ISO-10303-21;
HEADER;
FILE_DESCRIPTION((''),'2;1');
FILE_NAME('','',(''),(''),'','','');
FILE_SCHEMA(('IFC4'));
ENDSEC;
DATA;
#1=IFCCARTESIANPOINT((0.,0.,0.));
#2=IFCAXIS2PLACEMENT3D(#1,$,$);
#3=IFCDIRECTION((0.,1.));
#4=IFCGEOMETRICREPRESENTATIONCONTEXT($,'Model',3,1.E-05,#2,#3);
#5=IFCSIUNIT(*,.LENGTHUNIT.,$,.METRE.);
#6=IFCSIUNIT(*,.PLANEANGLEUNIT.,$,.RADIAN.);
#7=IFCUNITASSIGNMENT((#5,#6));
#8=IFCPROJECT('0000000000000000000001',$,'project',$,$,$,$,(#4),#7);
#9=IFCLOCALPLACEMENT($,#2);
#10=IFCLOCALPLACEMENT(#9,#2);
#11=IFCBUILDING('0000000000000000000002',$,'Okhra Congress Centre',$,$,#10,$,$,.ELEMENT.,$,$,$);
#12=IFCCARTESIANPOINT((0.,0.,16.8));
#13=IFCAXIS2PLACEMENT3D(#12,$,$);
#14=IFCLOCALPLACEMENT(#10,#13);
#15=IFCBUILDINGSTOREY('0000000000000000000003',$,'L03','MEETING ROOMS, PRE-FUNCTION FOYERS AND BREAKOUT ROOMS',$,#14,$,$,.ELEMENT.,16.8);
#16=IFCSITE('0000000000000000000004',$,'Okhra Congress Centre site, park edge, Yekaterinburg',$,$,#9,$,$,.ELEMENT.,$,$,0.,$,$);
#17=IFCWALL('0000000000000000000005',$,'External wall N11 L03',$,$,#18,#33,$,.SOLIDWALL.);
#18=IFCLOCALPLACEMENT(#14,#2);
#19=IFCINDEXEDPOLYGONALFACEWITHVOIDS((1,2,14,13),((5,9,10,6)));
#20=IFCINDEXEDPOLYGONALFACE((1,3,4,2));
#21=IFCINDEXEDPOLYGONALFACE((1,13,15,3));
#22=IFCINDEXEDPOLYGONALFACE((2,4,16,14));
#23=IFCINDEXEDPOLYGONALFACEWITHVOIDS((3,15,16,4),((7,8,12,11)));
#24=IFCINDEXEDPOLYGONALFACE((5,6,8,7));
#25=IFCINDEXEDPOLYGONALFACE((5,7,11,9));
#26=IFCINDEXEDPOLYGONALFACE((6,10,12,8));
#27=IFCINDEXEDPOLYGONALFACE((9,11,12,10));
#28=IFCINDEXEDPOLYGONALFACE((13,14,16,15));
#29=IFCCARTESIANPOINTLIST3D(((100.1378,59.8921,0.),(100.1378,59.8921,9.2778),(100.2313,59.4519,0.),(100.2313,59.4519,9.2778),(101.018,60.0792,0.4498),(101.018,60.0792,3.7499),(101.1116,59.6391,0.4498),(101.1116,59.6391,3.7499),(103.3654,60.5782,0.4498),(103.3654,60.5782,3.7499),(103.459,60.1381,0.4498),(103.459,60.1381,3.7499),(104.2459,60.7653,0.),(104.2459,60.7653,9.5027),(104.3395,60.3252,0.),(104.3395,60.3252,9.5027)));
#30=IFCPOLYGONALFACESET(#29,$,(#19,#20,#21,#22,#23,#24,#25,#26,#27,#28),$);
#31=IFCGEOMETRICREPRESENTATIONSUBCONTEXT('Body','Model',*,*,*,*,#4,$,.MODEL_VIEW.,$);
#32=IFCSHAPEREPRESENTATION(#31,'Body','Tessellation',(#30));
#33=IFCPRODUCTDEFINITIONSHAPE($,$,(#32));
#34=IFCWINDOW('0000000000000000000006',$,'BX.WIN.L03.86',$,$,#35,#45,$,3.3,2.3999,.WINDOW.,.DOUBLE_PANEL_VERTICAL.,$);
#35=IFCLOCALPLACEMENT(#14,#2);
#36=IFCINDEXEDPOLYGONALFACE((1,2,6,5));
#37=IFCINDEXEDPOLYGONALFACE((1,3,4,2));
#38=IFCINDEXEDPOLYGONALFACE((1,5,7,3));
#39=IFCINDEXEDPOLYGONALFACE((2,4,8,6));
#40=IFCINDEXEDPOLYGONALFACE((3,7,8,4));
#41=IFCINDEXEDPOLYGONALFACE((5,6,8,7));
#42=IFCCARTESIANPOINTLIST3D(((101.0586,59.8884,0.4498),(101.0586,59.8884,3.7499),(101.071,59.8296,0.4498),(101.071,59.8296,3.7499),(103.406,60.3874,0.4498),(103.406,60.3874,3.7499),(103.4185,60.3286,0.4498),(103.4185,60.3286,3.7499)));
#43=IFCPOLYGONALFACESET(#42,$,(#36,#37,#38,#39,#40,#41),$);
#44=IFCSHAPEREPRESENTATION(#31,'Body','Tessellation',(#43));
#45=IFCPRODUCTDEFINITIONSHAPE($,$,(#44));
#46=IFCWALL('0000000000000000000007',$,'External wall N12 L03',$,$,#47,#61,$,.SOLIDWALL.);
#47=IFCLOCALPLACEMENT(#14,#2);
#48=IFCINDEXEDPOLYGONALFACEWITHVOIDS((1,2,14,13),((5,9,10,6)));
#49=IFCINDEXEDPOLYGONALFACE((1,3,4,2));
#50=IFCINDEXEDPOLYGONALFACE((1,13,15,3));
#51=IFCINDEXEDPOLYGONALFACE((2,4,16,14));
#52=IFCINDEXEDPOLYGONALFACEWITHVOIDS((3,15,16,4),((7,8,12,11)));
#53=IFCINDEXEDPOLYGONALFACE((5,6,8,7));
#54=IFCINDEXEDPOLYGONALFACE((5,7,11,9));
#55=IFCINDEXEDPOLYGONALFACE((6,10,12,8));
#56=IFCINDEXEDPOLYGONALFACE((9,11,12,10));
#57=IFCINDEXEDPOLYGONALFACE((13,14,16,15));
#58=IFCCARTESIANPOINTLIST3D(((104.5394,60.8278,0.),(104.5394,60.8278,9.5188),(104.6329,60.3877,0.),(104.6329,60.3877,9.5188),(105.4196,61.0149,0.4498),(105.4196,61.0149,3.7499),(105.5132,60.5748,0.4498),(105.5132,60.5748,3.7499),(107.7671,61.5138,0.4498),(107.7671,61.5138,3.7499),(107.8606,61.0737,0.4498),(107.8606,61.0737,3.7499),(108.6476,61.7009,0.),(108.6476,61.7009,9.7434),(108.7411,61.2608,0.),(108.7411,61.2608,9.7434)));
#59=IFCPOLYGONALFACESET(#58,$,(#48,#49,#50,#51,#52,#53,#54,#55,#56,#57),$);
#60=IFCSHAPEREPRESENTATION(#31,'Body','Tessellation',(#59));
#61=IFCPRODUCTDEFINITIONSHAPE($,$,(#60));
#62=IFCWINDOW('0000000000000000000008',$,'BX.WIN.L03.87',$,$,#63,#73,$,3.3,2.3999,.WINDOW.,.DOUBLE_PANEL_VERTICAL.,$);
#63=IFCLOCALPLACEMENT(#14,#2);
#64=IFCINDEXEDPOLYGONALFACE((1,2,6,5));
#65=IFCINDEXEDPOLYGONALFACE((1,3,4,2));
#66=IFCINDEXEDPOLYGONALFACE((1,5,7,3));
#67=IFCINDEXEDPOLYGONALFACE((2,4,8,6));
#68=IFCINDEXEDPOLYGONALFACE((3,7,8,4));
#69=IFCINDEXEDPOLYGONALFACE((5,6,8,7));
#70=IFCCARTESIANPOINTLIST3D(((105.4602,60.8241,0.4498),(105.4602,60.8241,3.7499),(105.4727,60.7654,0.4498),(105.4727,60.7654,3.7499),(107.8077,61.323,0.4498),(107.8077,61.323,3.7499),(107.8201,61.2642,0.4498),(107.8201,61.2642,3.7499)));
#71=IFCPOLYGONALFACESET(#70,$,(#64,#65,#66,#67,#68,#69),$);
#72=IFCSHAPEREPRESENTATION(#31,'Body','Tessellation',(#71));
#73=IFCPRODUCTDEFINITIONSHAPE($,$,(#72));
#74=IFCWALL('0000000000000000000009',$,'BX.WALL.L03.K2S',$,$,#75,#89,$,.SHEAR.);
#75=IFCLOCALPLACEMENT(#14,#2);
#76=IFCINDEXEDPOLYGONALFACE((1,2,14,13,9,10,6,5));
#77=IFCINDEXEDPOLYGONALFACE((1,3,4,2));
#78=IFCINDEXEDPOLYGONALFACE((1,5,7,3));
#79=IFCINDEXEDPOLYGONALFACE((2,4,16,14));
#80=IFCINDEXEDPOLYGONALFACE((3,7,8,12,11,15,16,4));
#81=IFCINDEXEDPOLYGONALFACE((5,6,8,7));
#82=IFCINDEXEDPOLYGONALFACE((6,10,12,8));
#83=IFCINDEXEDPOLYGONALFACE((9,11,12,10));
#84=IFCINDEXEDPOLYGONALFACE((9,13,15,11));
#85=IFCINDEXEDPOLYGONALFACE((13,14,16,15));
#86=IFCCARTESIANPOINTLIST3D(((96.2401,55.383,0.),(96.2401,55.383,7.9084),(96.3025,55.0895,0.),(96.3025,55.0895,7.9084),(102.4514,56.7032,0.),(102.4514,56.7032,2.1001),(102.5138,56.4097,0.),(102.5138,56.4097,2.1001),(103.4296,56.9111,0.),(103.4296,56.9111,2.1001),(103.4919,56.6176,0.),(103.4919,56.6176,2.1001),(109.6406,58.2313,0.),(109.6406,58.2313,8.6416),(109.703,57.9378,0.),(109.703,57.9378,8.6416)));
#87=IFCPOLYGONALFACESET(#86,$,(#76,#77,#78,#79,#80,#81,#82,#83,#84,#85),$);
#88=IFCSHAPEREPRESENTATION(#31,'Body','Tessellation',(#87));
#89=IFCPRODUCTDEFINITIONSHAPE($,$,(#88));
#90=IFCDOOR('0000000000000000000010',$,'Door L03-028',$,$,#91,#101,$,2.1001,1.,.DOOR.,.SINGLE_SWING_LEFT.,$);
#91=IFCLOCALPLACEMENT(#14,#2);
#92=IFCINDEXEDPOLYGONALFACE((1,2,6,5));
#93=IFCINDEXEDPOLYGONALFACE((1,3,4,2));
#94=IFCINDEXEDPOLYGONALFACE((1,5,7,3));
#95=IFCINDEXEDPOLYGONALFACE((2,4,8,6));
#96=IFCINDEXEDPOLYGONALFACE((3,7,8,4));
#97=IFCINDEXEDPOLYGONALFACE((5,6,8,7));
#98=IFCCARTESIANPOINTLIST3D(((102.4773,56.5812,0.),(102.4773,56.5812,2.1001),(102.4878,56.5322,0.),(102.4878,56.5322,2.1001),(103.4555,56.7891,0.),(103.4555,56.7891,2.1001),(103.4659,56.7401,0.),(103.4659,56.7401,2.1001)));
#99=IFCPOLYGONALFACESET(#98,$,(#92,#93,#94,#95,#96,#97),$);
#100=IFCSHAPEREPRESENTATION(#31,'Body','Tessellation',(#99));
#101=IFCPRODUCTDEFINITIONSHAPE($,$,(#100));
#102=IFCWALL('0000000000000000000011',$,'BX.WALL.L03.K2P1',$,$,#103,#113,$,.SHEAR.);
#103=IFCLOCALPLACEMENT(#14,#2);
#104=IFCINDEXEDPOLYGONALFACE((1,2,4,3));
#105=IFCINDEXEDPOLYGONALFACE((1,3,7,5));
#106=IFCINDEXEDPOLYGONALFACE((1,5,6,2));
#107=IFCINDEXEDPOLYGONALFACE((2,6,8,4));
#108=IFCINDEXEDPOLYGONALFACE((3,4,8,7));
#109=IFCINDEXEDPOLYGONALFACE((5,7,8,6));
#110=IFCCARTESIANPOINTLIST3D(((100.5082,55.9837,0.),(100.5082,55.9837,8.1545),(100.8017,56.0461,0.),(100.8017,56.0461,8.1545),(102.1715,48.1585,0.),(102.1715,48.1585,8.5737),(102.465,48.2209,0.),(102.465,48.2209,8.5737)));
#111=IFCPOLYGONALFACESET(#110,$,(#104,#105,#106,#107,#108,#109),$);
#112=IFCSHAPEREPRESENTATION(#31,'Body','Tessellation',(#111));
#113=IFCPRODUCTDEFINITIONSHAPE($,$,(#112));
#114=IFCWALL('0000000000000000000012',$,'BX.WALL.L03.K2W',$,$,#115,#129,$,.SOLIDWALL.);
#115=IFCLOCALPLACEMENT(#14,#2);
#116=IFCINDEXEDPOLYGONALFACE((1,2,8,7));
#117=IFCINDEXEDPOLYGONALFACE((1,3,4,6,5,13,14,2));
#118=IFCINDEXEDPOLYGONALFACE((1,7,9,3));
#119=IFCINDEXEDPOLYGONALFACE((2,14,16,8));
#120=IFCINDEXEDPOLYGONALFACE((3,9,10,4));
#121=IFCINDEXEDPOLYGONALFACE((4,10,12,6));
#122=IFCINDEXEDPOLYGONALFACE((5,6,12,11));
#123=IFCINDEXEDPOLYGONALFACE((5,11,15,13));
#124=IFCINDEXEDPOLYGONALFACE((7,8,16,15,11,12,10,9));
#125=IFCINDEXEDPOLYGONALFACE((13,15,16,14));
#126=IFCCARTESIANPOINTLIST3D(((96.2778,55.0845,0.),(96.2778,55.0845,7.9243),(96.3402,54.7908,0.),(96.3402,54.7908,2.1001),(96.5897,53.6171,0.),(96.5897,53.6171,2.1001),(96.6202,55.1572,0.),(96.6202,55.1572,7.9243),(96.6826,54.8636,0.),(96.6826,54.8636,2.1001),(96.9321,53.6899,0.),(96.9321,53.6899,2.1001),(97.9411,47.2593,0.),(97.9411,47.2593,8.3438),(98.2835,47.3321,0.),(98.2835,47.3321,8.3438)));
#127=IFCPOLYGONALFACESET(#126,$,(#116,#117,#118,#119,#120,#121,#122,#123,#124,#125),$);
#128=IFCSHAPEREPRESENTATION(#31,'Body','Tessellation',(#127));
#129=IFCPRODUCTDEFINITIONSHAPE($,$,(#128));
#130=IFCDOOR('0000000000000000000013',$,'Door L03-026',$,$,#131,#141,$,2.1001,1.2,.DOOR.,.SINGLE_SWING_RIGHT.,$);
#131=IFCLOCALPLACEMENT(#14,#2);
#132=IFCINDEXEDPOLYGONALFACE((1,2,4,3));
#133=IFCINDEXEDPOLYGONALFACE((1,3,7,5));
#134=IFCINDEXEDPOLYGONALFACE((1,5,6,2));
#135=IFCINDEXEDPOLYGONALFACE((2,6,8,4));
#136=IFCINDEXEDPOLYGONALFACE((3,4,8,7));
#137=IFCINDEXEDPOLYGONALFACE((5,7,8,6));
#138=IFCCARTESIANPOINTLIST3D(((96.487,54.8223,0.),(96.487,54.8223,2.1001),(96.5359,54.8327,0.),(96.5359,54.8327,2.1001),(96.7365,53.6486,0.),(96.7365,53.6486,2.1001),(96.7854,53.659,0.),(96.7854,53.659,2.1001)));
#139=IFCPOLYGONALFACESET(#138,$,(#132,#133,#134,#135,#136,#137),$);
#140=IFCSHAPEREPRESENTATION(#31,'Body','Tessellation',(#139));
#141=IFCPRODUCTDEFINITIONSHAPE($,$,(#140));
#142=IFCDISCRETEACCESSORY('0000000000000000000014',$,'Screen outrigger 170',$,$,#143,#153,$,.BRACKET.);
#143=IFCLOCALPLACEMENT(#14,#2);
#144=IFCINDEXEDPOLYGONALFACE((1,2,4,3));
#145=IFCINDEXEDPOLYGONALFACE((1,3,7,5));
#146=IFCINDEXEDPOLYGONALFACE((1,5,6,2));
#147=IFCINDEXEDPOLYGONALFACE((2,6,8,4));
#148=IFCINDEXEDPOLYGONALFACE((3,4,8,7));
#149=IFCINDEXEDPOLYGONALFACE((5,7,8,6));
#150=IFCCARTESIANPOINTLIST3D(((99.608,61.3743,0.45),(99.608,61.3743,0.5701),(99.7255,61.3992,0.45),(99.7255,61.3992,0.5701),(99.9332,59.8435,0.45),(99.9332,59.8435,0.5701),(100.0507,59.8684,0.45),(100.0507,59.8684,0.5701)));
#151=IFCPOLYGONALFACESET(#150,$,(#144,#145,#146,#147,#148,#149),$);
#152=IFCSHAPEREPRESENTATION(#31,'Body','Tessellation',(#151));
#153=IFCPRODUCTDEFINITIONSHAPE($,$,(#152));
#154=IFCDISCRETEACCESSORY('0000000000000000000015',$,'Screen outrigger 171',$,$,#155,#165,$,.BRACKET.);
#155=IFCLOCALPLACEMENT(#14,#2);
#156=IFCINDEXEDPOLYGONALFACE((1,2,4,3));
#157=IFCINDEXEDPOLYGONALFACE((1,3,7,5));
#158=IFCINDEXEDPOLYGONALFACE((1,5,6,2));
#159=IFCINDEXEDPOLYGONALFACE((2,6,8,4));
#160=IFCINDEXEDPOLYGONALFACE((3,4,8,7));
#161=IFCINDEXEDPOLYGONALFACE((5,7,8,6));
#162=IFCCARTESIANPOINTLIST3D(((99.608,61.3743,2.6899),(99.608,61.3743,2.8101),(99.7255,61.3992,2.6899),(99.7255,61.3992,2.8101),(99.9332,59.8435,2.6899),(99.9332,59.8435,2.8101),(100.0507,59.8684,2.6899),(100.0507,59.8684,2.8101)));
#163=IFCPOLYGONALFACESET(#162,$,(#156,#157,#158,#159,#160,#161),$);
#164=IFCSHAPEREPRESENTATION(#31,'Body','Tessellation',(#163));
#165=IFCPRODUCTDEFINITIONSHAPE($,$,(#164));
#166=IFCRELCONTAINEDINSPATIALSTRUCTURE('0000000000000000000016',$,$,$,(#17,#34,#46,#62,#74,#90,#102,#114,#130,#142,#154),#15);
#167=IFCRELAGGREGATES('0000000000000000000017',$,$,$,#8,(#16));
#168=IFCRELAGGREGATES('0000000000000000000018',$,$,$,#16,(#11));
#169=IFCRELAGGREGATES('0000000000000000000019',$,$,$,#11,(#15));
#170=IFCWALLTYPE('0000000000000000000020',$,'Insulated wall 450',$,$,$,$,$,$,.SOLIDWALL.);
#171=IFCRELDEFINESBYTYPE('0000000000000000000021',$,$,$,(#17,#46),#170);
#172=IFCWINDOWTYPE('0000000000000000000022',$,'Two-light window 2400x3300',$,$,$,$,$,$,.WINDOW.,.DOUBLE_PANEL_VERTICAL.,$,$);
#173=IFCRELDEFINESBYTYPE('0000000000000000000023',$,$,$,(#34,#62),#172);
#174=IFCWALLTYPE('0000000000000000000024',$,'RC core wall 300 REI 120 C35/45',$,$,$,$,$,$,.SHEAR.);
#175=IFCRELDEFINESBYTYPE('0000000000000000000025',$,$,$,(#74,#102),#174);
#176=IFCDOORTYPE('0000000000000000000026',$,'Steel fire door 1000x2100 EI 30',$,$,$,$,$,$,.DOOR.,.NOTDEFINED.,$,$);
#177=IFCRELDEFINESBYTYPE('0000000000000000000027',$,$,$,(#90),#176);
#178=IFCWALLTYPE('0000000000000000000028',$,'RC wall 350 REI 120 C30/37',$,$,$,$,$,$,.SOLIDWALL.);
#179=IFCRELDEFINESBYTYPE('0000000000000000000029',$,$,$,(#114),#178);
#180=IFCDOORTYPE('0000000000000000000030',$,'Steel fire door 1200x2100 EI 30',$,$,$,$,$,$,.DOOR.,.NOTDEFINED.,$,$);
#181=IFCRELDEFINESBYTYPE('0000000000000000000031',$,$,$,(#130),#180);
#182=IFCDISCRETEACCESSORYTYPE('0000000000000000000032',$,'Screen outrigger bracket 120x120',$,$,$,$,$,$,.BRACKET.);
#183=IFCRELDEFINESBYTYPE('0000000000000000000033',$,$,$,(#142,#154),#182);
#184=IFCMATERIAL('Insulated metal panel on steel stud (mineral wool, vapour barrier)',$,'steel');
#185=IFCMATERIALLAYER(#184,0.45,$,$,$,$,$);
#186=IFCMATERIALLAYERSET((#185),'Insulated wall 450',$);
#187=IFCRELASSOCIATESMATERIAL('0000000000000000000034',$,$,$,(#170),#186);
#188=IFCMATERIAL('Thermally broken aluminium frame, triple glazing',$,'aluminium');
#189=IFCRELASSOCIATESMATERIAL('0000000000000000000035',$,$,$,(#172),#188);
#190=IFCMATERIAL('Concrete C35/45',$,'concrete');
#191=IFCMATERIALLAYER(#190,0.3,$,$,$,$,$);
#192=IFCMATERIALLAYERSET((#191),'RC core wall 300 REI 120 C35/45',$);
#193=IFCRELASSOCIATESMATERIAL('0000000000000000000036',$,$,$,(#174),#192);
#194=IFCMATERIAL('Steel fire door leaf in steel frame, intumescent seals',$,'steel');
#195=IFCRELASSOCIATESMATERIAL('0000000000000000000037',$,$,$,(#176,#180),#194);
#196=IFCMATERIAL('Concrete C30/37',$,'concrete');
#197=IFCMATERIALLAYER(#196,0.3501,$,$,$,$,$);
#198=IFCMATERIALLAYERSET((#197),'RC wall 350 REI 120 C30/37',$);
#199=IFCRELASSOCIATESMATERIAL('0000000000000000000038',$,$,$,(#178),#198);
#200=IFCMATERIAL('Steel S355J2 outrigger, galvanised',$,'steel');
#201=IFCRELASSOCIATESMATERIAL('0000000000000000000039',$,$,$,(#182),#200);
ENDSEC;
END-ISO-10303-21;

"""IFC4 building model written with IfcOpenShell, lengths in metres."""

from ifc_helpers import new_model, si_unit, direction, frame, frame_2d, origin, origin_2d, place, context, subcontext, project, spatial, polyline, rectangle, outline, extrude, material, layer, layer_set, material_profile, profile_set, type_object, element, fill, save


model = new_model("IFC4")

# Units and contexts
model_context = context("Model", 3, precision=1e-05, world=origin(), true_north=direction((0.0, 1.0)))
body_context = subcontext(model_context, "Body", "Model", "MODEL_VIEW")
ifc_project = project(units=[si_unit("LENGTHUNIT", "METRE"), si_unit("PLANEANGLEUNIT", "RADIAN")], contexts=[model_context])

# Site, building, storey
site_placement = place(None, origin())
site = spatial("IfcSite", under=ifc_project, at=site_placement, Name="Okhra Congress Centre site, park edge, Yekaterinburg", CompositionType="ELEMENT", RefElevation=0.0)
building_placement = place(site_placement, origin())
building = spatial("IfcBuilding", under=site, at=building_placement, Name="Okhra Congress Centre", CompositionType="ELEMENT")
storey_placement = place(building_placement, frame((0.0, 0.0, 16.8)))
storey = spatial("IfcBuildingStorey", under=building, at=storey_placement, Name="L03", Description="MEETING ROOMS, PRE-FUNCTION FOYERS AND BREAKOUT ROOMS", CompositionType="ELEMENT", Elevation=16.8)

# Walls, openings, windows
ifc_material_1 = material(Name="Insulated metal panel on steel stud (mineral wool, vapour barrier)", Category="steel")
ifc_layer_1 = layer(ifc_material_1, 0.45)
ifc_layer_set_1 = layer_set([ifc_layer_1], Name="Insulated wall 450")
wall_type_1 = type_object("IfcWallType", Name="Insulated wall 450", PredefinedType="SOLIDWALL", material=ifc_layer_set_1)
wall_1_placement = place(storey_placement, frame((100.1846, 59.6719, 0.0), z_axis=(0.0, 0.0, 1.0), x_axis=(0.978144, 0.207929, 0.0)))
wall_1 = element("IfcWall", 1, at=wall_1_placement, inside=storey, type_object=wall_type_1, Name="External wall N11 L03", PredefinedType="SOLIDWALL", context=body_context, shape_type="SweptSolid", body=[
    extrude(outline(polyline([(0.0, 0.0), (4.2, 0.0), (4.2, 9.5027), (0.0, 9.2778), (0.0, 0.0)])), frame((0.0, 0.2251, 0.0), z_axis=(0.0, -1.0, 0.0), x_axis=(1.0, 0.0, 0.0)), (0.0, 0.0, 1.0), 0.45),
])
opening_1_placement = place(wall_1_placement, frame((0.8999, 0.0, 0.45)))
opening_1 = element("IfcOpeningElement", 2, at=opening_1_placement, cuts=wall_1, PredefinedType="OPENING", context=body_context, shape_type="SweptSolid", body=[
    extrude(rectangle(XDim=2.3999, YDim=3.3, at=frame_2d((1.2, 1.6499))), frame((0.0, 0.2349, 0.0), z_axis=(0.0, -1.0, 0.0), x_axis=(1.0, 0.0, 0.0)), (0.0, 0.0, 1.0), 0.47),
])
ifc_material_2 = material(Name="Thermally broken aluminium frame, triple glazing", Category="aluminium")
window_type = type_object("IfcWindowType", Name="Two-light window 2400x3300", PartitioningType="DOUBLE_PANEL_VERTICAL", PredefinedType="WINDOW", material=ifc_material_2)
window_1_placement = place(opening_1_placement, origin())
window_1 = element("IfcWindow", 3, at=window_1_placement, inside=storey, type_object=window_type, Name="BX.WIN.L03.86", OverallHeight=3.3, OverallWidth=2.3999, PartitioningType="DOUBLE_PANEL_VERTICAL", PredefinedType="WINDOW", context=body_context, shape_type="SweptSolid", body=[
    extrude(rectangle(XDim=2.3999, YDim=3.3, at=frame_2d((1.2, 1.6499))), frame((0.0, 0.03, 0.0), z_axis=(0.0, -1.0, 0.0), x_axis=(1.0, 0.0, 0.0)), (0.0, 0.0, 1.0), 0.0601),
])
fill(opening_1, window_1)
wall_2_placement = place(storey_placement, frame((104.5862, 60.6077, 0.0), z_axis=(0.0, 0.0, 1.0), x_axis=(0.978156, 0.207873, 0.0)))
wall_2 = element("IfcWall", 4, at=wall_2_placement, inside=storey, type_object=wall_type_1, Name="External wall N12 L03", PredefinedType="SOLIDWALL", context=body_context, shape_type="SweptSolid", body=[
    extrude(outline(polyline([(0.0, 0.0), (4.2, 0.0), (4.2, 9.7434), (0.0, 9.5188), (0.0, 0.0)])), frame((0.0, 0.2251, 0.0), z_axis=(0.0, -1.0, 0.0), x_axis=(1.0, 0.0, 0.0)), (0.0, 0.0, 1.0), 0.45),
])
opening_2_placement = place(wall_2_placement, frame((0.8999, 0.0, 0.45)))
opening_2 = element("IfcOpeningElement", 5, at=opening_2_placement, cuts=wall_2, PredefinedType="OPENING", context=body_context, shape_type="SweptSolid", body=[
    extrude(rectangle(XDim=2.3999, YDim=3.3, at=frame_2d((1.2, 1.6499))), frame((0.0, 0.2349, 0.0), z_axis=(0.0, -1.0, 0.0), x_axis=(1.0, 0.0, 0.0)), (0.0, 0.0, 1.0), 0.47),
])
window_2_placement = place(opening_2_placement, origin())
window_2 = element("IfcWindow", 6, at=window_2_placement, inside=storey, type_object=window_type, Name="BX.WIN.L03.87", OverallHeight=3.3, OverallWidth=2.3999, PartitioningType="DOUBLE_PANEL_VERTICAL", PredefinedType="WINDOW", context=body_context, shape_type="SweptSolid", body=[
    extrude(rectangle(XDim=2.3999, YDim=3.3, at=frame_2d((1.2, 1.6499))), frame((0.0, 0.03, 0.0), z_axis=(0.0, -1.0, 0.0), x_axis=(1.0, 0.0, 0.0)), (0.0, 0.0, 1.0), 0.0601),
])
fill(opening_2, window_2)

# Wall, opening, door
ifc_material_3 = material(Name="Concrete C35/45", Category="concrete")
ifc_layer_2 = layer(ifc_material_3, 0.3)
ifc_layer_set_2 = layer_set([ifc_layer_2], Name="RC core wall 300 REI 120 C35/45")
wall_type_2 = type_object("IfcWallType", Name="RC core wall 300 REI 120 C35/45", PredefinedType="SHEAR", material=ifc_layer_set_2)
wall_3_placement = place(storey_placement, frame((96.2712, 55.2363, 0.0), z_axis=(0.0, 0.0, 1.0), x_axis=(0.978148, 0.207911, 0.0)))
wall_3 = element("IfcWall", 7, at=wall_3_placement, inside=storey, type_object=wall_type_2, Name="BX.WALL.L03.K2S", PredefinedType="SHEAR", context=body_context, shape_type="SweptSolid", body=[
    extrude(outline(polyline([(0.0, 0.0), (13.7, 0.0), (13.7, 8.6416), (0.0, 7.9084), (0.0, 0.0)])), frame((0.0, 0.1499, 0.0), z_axis=(0.0, -1.0, 0.0), x_axis=(1.0, 0.0, 0.0)), (0.0, 0.0, 1.0), 0.3),
])
opening_3_placement = place(wall_3_placement, frame((6.3501, 0.0, 0.0)))
opening_3 = element("IfcOpeningElement", 8, at=opening_3_placement, cuts=wall_3, PredefinedType="OPENING", context=body_context, shape_type="SweptSolid", body=[
    extrude(rectangle(XDim=1.0, YDim=2.1001, at=frame_2d((0.5, 1.05))), frame((0.0, 0.1599, 0.0), z_axis=(0.0, -1.0, 0.0), x_axis=(1.0, 0.0, 0.0)), (0.0, 0.0, 1.0), 0.3201),
])
ifc_material_4 = material(Name="Steel fire door leaf in steel frame, intumescent seals", Category="steel")
door_type_1 = type_object("IfcDoorType", Name="Steel fire door 1000x2100 EI 30", OperationType="NOTDEFINED", PredefinedType="DOOR", material=ifc_material_4)
door_1_placement = place(opening_3_placement, frame((1.0, 0.0, 0.0), z_axis=(0.0, 0.0, 1.0), x_axis=(-1.0, 0.0, 0.0)))
door_1 = element("IfcDoor", 9, at=door_1_placement, inside=storey, type_object=door_type_1, Name="Door L03-028", OperationType="SINGLE_SWING_LEFT", OverallHeight=2.1001, OverallWidth=1.0, PredefinedType="DOOR", context=body_context, shape_type="SweptSolid", body=[
    extrude(rectangle(XDim=1.0, YDim=2.1001, at=frame_2d((0.5, 1.05))), frame((0.0, 0.0249, 0.0), z_axis=(0.0, -1.0, 0.0), x_axis=(1.0, 0.0, 0.0)), (0.0, 0.0, 1.0), 0.05),
])
fill(opening_3, door_1)

# Wall
wall_4_placement = place(storey_placement, frame((100.655, 56.0149, 0.0), z_axis=(0.0, 0.0, 1.0), x_axis=(0.207916, -0.978147, 0.0)))
element("IfcWall", 10, at=wall_4_placement, inside=storey, type_object=wall_type_2, Name="BX.WALL.L03.K2P1", PredefinedType="SHEAR", context=body_context, shape_type="SweptSolid", body=[
    extrude(outline(polyline([(0.0, 0.0), (8.0, 0.0), (8.0, 8.5737), (0.0, 8.1545), (0.0, 0.0)])), frame((0.0, 0.1499, 0.0), z_axis=(0.0, -1.0, 0.0), x_axis=(1.0, 0.0, 0.0)), (0.0, 0.0, 1.0), 0.3),
])

# Wall, opening, door
ifc_material_5 = material(Name="Concrete C30/37", Category="concrete")
ifc_layer_3 = layer(ifc_material_5, 0.3501)
ifc_layer_set_3 = layer_set([ifc_layer_3], Name="RC wall 350 REI 120 C30/37")
wall_type_3 = type_object("IfcWallType", Name="RC wall 350 REI 120 C30/37", PredefinedType="SOLIDWALL", material=ifc_layer_set_3)
wall_5_placement = place(storey_placement, frame((96.449, 55.1208, 0.0), z_axis=(0.0, 0.0, 1.0), x_axis=(0.207916, -0.978147, 0.0)))
wall_5 = element("IfcWall", 11, at=wall_5_placement, inside=storey, type_object=wall_type_3, Name="BX.WALL.L03.K2W", PredefinedType="SOLIDWALL", context=body_context, shape_type="SweptSolid", body=[
    extrude(outline(polyline([(0.0, 0.0), (8.0, 0.0), (8.0, 8.3438), (0.0, 7.9243), (0.0, 0.0)])), frame((0.0, 0.175, 0.0), z_axis=(0.0, -1.0, 0.0), x_axis=(1.0, 0.0, 0.0)), (0.0, 0.0, 1.0), 0.3501),
])
opening_4_placement = place(wall_5_placement, frame((0.3, 0.0, 0.0)))
opening_4 = element("IfcOpeningElement", 12, at=opening_4_placement, cuts=wall_5, PredefinedType="OPENING", context=body_context, shape_type="SweptSolid", body=[
    extrude(rectangle(XDim=1.2, YDim=2.1001, at=frame_2d((0.6001, 1.05))), frame((0.0, 0.1851, 0.0), z_axis=(0.0, -1.0, 0.0), x_axis=(1.0, 0.0, 0.0)), (0.0, 0.0, 1.0), 0.3701),
])
door_type_2 = type_object("IfcDoorType", Name="Steel fire door 1200x2100 EI 30", OperationType="NOTDEFINED", PredefinedType="DOOR", material=ifc_material_4)
door_2_placement = place(opening_4_placement, frame((1.2, 0.0, 0.0), z_axis=(0.0, 0.0, 1.0), x_axis=(-1.0, 0.0, 0.0)))
door_2 = element("IfcDoor", 13, at=door_2_placement, inside=storey, type_object=door_type_2, Name="Door L03-026", OperationType="SINGLE_SWING_RIGHT", OverallHeight=2.1001, OverallWidth=1.2, PredefinedType="DOOR", context=body_context, shape_type="SweptSolid", body=[
    extrude(rectangle(XDim=1.2, YDim=2.1001, at=frame_2d((0.6001, 1.05))), frame((0.0, 0.0249, 0.0), z_axis=(0.0, -1.0, 0.0), x_axis=(1.0, 0.0, 0.0)), (0.0, 0.0, 1.0), 0.05),
])
fill(opening_4, door_2)

# Discrete accessories
ifc_material_6 = material(Name="Steel S355J2 outrigger, galvanised", Category="steel")
ifc_material_profile_1 = material_profile(ifc_material_6, rectangle(XDim=0.1201, YDim=0.1201, at=origin_2d()), Name="Screen outrigger bracket 120x120")
ifc_profile_set_1 = profile_set([ifc_material_profile_1], Name="Steel S355J2 outrigger, galvanised")
discrete_accessory_type = type_object("IfcDiscreteAccessoryType", Name="Screen outrigger bracket 120x120", PredefinedType="BRACKET", material=ifc_profile_set_1)
for number, where, z_axis, x_axis, name in (
    (14, (99.9919, 59.856, 0.51), (-0.207803, 0.978171, 0.0), (-0.978171, -0.207803, 0.0), "Screen outrigger 170"),
    (15, (99.9919, 59.856, 2.75), (-0.207803, 0.978171, 0.0), (-0.978171, -0.207803, 0.0), "Screen outrigger 171"),
):
    element("IfcDiscreteAccessory", number, at=place(storey_placement, frame(where, z_axis=z_axis, x_axis=x_axis)), inside=storey, type_object=discrete_accessory_type, Name=name, PredefinedType="BRACKET", context=body_context, shape_type="SweptSolid", body=[
        extrude(rectangle(XDim=0.1201, YDim=0.1201, at=origin_2d()), origin(), (0.0, 0.0, 1.0), 1.5649),
    ])

save(model, "model.ifc")
